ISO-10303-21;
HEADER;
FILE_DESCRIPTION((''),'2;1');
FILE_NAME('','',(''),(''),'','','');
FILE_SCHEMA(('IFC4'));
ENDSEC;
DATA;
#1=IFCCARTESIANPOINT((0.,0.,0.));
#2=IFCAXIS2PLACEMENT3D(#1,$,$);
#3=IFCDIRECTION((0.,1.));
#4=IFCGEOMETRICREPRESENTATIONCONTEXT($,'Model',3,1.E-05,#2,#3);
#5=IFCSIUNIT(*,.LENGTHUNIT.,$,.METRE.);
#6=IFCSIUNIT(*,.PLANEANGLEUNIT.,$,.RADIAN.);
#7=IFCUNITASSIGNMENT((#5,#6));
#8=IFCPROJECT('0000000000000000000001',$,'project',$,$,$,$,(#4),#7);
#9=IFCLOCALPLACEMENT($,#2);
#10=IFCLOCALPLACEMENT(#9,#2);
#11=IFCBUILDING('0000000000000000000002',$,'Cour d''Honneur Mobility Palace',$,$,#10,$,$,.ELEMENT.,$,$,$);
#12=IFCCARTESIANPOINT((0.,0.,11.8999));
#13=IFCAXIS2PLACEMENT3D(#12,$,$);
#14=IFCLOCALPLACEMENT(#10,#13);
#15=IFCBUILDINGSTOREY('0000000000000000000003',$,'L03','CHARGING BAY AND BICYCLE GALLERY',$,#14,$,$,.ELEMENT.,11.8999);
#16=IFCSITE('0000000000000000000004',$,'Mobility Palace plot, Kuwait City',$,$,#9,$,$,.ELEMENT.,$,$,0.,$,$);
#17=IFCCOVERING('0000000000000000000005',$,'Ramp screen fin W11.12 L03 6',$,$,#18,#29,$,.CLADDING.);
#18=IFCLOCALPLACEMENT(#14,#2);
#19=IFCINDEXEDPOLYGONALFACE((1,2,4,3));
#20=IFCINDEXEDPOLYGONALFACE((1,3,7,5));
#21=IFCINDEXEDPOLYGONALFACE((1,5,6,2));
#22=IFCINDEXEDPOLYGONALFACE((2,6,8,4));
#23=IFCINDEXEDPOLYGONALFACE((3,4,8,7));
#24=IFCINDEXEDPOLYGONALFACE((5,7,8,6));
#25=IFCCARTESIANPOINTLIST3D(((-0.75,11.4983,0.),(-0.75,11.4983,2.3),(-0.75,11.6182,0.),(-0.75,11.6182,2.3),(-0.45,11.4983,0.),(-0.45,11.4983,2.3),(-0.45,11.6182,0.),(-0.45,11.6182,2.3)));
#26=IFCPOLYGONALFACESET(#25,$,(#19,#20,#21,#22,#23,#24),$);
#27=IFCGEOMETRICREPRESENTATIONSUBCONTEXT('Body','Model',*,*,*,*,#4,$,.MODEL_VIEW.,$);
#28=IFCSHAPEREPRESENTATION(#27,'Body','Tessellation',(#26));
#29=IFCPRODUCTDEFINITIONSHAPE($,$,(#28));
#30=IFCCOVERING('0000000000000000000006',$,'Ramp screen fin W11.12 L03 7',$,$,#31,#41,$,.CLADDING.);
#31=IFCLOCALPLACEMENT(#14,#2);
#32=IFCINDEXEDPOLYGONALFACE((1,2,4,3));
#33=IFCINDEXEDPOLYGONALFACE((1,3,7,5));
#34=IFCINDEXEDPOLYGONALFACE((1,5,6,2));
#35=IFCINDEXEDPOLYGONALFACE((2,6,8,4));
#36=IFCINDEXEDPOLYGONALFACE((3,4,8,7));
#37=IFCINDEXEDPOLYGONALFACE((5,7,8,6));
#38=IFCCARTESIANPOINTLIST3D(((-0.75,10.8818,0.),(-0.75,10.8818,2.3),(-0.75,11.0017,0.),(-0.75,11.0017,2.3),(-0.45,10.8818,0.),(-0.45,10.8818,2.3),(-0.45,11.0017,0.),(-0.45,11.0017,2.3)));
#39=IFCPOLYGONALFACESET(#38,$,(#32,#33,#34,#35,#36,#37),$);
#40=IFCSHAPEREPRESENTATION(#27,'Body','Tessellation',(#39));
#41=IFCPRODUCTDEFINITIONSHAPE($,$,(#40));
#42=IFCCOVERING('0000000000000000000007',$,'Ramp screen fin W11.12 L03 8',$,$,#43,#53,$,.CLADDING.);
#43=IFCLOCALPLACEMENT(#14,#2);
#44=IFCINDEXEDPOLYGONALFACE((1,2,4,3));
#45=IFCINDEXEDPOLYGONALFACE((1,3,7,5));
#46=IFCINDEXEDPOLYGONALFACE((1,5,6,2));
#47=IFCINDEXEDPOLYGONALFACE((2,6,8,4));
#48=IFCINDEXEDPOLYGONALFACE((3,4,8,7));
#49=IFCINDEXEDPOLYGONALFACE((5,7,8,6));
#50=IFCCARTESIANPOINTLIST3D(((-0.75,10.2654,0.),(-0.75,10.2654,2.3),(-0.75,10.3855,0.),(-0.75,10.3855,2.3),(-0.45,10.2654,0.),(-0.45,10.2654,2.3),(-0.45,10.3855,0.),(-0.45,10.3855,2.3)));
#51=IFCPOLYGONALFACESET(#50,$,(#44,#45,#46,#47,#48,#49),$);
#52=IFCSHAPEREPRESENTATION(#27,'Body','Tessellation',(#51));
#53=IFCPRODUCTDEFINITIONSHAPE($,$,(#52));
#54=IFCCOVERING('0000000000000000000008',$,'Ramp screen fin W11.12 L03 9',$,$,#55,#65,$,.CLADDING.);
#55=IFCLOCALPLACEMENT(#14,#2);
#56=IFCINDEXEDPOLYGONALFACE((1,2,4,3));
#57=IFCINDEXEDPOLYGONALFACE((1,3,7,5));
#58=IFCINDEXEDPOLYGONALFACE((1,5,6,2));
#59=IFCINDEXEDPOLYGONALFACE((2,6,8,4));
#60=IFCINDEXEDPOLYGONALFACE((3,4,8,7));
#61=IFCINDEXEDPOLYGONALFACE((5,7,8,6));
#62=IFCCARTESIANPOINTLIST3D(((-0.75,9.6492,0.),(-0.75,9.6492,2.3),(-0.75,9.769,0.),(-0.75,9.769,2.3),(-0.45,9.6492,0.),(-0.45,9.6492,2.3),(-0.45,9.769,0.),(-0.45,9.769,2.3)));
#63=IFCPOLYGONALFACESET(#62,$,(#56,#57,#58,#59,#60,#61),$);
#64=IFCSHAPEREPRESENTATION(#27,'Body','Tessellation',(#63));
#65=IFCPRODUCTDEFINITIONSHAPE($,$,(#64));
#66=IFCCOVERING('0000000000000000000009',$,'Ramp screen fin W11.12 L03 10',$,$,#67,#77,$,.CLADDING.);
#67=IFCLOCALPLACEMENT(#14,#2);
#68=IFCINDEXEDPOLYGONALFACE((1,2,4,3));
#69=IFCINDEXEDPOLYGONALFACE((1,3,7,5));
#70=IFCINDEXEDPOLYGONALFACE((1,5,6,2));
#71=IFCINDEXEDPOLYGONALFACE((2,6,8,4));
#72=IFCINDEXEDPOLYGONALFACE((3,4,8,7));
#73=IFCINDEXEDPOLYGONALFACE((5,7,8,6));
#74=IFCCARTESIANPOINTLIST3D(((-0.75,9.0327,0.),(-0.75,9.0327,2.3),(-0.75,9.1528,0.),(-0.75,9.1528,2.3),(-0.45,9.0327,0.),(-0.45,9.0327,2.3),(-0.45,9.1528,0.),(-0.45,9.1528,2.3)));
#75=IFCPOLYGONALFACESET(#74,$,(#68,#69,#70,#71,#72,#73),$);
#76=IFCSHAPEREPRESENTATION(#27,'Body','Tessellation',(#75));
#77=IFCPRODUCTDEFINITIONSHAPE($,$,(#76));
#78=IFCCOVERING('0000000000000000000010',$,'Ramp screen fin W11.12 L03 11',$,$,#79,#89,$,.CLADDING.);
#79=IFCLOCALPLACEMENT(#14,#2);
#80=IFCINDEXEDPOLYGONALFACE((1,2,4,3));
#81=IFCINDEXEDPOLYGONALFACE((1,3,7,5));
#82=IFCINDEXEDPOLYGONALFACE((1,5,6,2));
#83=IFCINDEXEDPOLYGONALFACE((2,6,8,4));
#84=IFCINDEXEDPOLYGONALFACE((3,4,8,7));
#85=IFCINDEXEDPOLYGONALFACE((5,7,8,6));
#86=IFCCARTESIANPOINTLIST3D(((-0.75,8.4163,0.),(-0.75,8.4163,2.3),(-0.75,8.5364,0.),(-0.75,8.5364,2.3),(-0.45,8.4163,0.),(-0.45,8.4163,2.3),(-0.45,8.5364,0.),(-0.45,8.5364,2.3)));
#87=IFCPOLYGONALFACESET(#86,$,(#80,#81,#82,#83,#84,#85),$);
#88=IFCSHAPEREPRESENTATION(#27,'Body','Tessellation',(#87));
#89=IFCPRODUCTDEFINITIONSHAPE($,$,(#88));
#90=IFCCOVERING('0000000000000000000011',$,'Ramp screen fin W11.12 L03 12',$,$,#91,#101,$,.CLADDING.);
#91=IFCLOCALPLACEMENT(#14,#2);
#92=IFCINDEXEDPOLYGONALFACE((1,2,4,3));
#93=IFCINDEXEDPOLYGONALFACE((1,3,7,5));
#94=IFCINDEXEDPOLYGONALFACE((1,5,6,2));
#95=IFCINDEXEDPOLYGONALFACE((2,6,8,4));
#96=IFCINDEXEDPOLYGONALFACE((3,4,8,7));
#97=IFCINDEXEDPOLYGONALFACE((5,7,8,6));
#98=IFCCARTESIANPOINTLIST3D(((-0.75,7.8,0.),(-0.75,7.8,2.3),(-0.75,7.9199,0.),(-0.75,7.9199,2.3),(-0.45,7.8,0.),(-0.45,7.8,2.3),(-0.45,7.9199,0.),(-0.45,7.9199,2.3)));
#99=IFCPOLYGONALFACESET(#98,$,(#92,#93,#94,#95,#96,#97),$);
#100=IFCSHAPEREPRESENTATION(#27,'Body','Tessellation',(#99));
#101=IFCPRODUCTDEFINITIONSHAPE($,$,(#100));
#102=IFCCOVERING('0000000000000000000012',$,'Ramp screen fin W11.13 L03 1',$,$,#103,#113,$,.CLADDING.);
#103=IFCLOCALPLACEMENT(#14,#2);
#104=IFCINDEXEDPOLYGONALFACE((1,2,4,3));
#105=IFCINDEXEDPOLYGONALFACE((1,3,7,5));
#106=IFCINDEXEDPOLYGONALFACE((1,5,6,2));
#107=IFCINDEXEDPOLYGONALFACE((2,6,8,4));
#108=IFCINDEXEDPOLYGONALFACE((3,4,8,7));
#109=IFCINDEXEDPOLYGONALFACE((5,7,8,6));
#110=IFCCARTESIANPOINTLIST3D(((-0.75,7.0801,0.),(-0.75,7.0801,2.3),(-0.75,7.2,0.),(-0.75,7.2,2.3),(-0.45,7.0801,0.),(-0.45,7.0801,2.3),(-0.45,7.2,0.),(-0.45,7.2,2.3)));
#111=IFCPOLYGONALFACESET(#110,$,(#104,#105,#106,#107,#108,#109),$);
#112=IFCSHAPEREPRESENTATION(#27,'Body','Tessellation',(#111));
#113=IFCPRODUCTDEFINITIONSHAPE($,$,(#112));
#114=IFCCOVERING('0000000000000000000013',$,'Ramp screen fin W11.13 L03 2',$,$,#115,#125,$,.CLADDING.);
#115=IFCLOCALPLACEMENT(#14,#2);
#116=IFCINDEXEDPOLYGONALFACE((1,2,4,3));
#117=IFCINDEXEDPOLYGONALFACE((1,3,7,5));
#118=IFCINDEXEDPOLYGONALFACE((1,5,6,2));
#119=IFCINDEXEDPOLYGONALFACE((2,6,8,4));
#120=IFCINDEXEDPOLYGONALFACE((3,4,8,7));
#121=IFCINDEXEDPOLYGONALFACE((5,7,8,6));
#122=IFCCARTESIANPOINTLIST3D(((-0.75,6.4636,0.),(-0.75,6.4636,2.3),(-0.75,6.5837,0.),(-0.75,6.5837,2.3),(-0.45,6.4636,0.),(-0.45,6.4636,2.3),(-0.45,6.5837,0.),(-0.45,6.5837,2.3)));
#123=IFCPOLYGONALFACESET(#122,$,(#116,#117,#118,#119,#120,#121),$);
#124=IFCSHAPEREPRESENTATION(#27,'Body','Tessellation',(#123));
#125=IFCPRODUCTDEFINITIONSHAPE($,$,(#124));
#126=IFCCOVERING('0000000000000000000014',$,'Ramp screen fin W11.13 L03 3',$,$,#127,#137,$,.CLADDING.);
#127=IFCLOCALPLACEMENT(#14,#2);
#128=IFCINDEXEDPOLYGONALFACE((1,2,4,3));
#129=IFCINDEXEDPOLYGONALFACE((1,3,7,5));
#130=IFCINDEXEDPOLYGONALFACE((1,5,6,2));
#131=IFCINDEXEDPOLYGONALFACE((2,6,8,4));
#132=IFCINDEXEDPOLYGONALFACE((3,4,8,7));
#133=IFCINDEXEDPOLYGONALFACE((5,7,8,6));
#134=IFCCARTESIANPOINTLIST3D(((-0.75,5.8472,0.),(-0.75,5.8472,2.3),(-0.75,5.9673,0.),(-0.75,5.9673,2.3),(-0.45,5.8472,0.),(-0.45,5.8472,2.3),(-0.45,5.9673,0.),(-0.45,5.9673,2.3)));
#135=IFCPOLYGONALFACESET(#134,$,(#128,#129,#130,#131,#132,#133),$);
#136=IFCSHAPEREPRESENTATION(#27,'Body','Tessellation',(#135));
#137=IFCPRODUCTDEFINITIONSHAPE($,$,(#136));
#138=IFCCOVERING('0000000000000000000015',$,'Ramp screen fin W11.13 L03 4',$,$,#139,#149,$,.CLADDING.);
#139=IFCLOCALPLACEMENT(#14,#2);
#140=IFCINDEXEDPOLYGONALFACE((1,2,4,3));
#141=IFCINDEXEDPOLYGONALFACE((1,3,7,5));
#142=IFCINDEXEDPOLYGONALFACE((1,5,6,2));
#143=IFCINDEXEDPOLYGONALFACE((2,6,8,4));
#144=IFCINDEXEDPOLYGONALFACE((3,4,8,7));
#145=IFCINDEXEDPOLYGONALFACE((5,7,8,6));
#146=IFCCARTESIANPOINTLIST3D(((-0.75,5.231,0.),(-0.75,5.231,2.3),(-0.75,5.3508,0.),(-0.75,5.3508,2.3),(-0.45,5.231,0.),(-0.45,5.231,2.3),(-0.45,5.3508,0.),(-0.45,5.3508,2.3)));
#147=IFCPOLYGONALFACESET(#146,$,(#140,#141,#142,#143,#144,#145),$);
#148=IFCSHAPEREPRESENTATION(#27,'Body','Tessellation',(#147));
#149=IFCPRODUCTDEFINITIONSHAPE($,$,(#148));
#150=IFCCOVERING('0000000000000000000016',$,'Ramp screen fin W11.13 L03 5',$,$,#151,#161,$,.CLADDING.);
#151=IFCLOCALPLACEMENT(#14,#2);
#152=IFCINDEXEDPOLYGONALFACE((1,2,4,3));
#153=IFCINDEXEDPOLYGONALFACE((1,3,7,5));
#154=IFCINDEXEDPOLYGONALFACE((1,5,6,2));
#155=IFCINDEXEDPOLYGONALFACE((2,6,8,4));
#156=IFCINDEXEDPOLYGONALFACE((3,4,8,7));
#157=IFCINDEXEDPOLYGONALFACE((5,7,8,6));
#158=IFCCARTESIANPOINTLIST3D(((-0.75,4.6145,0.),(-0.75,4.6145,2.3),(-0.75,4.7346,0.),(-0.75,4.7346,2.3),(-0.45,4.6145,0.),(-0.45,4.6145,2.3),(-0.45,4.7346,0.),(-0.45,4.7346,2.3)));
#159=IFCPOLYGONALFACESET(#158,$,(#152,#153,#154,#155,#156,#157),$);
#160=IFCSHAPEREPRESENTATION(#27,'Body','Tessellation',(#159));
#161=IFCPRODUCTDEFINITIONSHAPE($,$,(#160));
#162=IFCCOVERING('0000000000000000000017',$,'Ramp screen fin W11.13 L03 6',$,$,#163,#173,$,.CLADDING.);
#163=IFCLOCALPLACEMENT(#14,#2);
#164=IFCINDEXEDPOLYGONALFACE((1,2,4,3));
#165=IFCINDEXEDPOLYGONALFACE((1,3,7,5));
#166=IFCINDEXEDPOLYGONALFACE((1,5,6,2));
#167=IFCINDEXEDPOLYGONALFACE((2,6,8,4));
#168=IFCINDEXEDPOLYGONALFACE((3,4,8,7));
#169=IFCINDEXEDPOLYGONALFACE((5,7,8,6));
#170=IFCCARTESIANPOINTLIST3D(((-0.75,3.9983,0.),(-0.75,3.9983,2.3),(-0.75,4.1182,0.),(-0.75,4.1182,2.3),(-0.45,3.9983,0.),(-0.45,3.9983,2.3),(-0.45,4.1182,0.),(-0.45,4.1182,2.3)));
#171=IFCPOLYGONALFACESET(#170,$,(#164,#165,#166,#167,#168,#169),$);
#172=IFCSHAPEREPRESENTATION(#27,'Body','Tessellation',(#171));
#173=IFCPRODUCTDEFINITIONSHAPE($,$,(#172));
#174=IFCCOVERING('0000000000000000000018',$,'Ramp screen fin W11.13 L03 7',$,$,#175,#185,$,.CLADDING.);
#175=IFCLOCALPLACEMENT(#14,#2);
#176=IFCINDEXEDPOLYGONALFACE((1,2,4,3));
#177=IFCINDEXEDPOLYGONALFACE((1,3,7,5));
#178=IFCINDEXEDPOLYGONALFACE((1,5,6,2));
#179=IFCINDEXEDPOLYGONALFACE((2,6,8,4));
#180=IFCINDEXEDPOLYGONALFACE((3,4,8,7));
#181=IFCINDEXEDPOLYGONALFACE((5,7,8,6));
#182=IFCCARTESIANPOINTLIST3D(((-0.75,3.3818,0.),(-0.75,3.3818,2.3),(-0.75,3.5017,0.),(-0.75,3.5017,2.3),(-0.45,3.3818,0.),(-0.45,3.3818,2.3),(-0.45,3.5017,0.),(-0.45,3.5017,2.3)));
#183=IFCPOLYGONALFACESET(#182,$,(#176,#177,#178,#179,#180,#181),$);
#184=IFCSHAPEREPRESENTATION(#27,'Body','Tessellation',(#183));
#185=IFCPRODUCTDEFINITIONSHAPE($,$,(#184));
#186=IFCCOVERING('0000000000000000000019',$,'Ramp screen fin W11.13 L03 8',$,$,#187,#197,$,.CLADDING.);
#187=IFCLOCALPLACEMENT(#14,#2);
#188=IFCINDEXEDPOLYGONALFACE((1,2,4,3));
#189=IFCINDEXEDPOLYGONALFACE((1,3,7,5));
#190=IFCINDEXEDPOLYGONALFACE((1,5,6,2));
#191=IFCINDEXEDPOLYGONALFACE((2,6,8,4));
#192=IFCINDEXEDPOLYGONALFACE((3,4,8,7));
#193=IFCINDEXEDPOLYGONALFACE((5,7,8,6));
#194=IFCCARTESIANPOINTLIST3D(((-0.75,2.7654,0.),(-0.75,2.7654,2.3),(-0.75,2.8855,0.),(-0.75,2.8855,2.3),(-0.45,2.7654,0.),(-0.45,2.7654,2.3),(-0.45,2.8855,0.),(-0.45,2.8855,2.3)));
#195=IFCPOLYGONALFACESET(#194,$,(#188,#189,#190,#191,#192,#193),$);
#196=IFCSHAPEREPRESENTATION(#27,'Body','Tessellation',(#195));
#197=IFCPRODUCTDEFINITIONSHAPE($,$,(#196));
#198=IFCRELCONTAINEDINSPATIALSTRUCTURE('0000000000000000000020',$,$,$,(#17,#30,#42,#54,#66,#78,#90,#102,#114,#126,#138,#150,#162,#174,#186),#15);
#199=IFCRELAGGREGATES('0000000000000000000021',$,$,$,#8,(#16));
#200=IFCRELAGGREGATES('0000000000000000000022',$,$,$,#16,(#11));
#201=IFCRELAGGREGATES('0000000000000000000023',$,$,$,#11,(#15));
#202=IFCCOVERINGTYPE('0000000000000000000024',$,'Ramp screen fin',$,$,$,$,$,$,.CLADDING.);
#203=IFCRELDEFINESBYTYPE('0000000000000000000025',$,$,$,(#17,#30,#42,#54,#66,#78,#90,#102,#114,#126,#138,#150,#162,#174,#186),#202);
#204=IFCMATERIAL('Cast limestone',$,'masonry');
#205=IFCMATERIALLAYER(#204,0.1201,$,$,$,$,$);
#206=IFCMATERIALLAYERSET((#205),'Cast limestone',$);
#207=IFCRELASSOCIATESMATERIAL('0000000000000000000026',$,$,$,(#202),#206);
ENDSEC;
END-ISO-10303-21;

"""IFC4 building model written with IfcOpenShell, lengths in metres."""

from ifc_helpers import new_model, si_unit, direction, frame, origin, place, context, subcontext, project, spatial, polyline, outline, extrude, material, layer, layer_set, type_object, element, save


model = new_model("IFC4")

# Units and contexts
model_context = context("Model", 3, precision=1e-05, world=origin(), true_north=direction((0.0, 1.0)))
body_context = subcontext(model_context, "Body", "Model", "MODEL_VIEW")
ifc_project = project(units=[si_unit("LENGTHUNIT", "METRE"), si_unit("PLANEANGLEUNIT", "RADIAN")], contexts=[model_context])

# Site, building, storey
site_placement = place(None, origin())
site = spatial("IfcSite", under=ifc_project, at=site_placement, Name="Mobility Palace plot, Kuwait City", CompositionType="ELEMENT", RefElevation=0.0)
building_placement = place(site_placement, origin())
building = spatial("IfcBuilding", under=site, at=building_placement, Name="Cour d'Honneur Mobility Palace", CompositionType="ELEMENT")
storey_placement = place(building_placement, frame((0.0, 0.0, 11.8999)))
storey = spatial("IfcBuildingStorey", under=building, at=storey_placement, Name="L03", Description="CHARGING BAY AND BICYCLE GALLERY", CompositionType="ELEMENT", Elevation=11.8999)

# Coverings
ifc_material_1 = material(Name="Cast limestone", Category="masonry")
ifc_layer_1 = layer(ifc_material_1, 0.1201)
ifc_layer_set_1 = layer_set([ifc_layer_1], Name="Cast limestone")
covering_type_1 = type_object("IfcCoveringType", Name="Ramp screen fin", PredefinedType="CLADDING", material=ifc_layer_set_1)
covering_1_placement = place(storey_placement, origin())
element("IfcCovering", 1, at=covering_1_placement, inside=storey, type_object=covering_type_1, Name="Ramp screen fin W11.12 L03 6", PredefinedType="CLADDING", context=body_context, shape_type="SweptSolid", body=[
    extrude(outline(polyline([(-0.45, 11.6182), (-0.45, 11.4983), (-0.75, 11.4983), (-0.75, 11.6182), (-0.45, 11.6182)])), origin(), (0.0, 0.0, 1.0), 2.3),
])
covering_2_placement = place(storey_placement, origin())
element("IfcCovering", 2, at=covering_2_placement, inside=storey, type_object=covering_type_1, Name="Ramp screen fin W11.12 L03 7", PredefinedType="CLADDING", context=body_context, shape_type="SweptSolid", body=[
    extrude(outline(polyline([(-0.45, 11.0017), (-0.45, 10.8818), (-0.75, 10.8818), (-0.75, 11.0017), (-0.45, 11.0017)])), origin(), (0.0, 0.0, 1.0), 2.3),
])
covering_3_placement = place(storey_placement, origin())
element("IfcCovering", 3, at=covering_3_placement, inside=storey, type_object=covering_type_1, Name="Ramp screen fin W11.12 L03 8", PredefinedType="CLADDING", context=body_context, shape_type="SweptSolid", body=[
    extrude(outline(polyline([(-0.45, 10.3855), (-0.45, 10.2654), (-0.75, 10.2654), (-0.75, 10.3855), (-0.45, 10.3855)])), origin(), (0.0, 0.0, 1.0), 2.3),
])
covering_4_placement = place(storey_placement, origin())
element("IfcCovering", 4, at=covering_4_placement, inside=storey, type_object=covering_type_1, Name="Ramp screen fin W11.12 L03 9", PredefinedType="CLADDING", context=body_context, shape_type="SweptSolid", body=[
    extrude(outline(polyline([(-0.45, 9.769), (-0.45, 9.6492), (-0.75, 9.6492), (-0.75, 9.769), (-0.45, 9.769)])), origin(), (0.0, 0.0, 1.0), 2.3),
])
covering_5_placement = place(storey_placement, origin())
element("IfcCovering", 5, at=covering_5_placement, inside=storey, type_object=covering_type_1, Name="Ramp screen fin W11.12 L03 10", PredefinedType="CLADDING", context=body_context, shape_type="SweptSolid", body=[
    extrude(outline(polyline([(-0.45, 9.1528), (-0.45, 9.0327), (-0.75, 9.0327), (-0.75, 9.1528), (-0.45, 9.1528)])), origin(), (0.0, 0.0, 1.0), 2.3),
])
covering_6_placement = place(storey_placement, origin())
element("IfcCovering", 6, at=covering_6_placement, inside=storey, type_object=covering_type_1, Name="Ramp screen fin W11.12 L03 11", PredefinedType="CLADDING", context=body_context, shape_type="SweptSolid", body=[
    extrude(outline(polyline([(-0.45, 8.5364), (-0.45, 8.4163), (-0.75, 8.4163), (-0.75, 8.5364), (-0.45, 8.5364)])), origin(), (0.0, 0.0, 1.0), 2.3),
])
covering_7_placement = place(storey_placement, origin())
element("IfcCovering", 7, at=covering_7_placement, inside=storey, type_object=covering_type_1, Name="Ramp screen fin W11.12 L03 12", PredefinedType="CLADDING", context=body_context, shape_type="SweptSolid", body=[
    extrude(outline(polyline([(-0.45, 7.9199), (-0.45, 7.8), (-0.75, 7.8), (-0.75, 7.9199), (-0.45, 7.9199)])), origin(), (0.0, 0.0, 1.0), 2.3),
])
covering_8_placement = place(storey_placement, origin())
element("IfcCovering", 8, at=covering_8_placement, inside=storey, type_object=covering_type_1, Name="Ramp screen fin W11.13 L03 1", PredefinedType="CLADDING", context=body_context, shape_type="SweptSolid", body=[
    extrude(outline(polyline([(-0.45, 7.2), (-0.45, 7.0801), (-0.75, 7.0801), (-0.75, 7.2), (-0.45, 7.2)])), origin(), (0.0, 0.0, 1.0), 2.3),
])
covering_9_placement = place(storey_placement, origin())
element("IfcCovering", 9, at=covering_9_placement, inside=storey, type_object=covering_type_1, Name="Ramp screen fin W11.13 L03 2", PredefinedType="CLADDING", context=body_context, shape_type="SweptSolid", body=[
    extrude(outline(polyline([(-0.45, 6.5837), (-0.45, 6.4636), (-0.75, 6.4636), (-0.75, 6.5837), (-0.45, 6.5837)])), origin(), (0.0, 0.0, 1.0), 2.3),
])
covering_10_placement = place(storey_placement, origin())
element("IfcCovering", 10, at=covering_10_placement, inside=storey, type_object=covering_type_1, Name="Ramp screen fin W11.13 L03 3", PredefinedType="CLADDING", context=body_context, shape_type="SweptSolid", body=[
    extrude(outline(polyline([(-0.45, 5.9673), (-0.45, 5.8472), (-0.75, 5.8472), (-0.75, 5.9673), (-0.45, 5.9673)])), origin(), (0.0, 0.0, 1.0), 2.3),
])
covering_11_placement = place(storey_placement, origin())
element("IfcCovering", 11, at=covering_11_placement, inside=storey, type_object=covering_type_1, Name="Ramp screen fin W11.13 L03 4", PredefinedType="CLADDING", context=body_context, shape_type="SweptSolid", body=[
    extrude(outline(polyline([(-0.45, 5.3508), (-0.45, 5.231), (-0.75, 5.231), (-0.75, 5.3508), (-0.45, 5.3508)])), origin(), (0.0, 0.0, 1.0), 2.3),
])
covering_12_placement = place(storey_placement, origin())
element("IfcCovering", 12, at=covering_12_placement, inside=storey, type_object=covering_type_1, Name="Ramp screen fin W11.13 L03 5", PredefinedType="CLADDING", context=body_context, shape_type="SweptSolid", body=[
    extrude(outline(polyline([(-0.45, 4.7346), (-0.45, 4.6145), (-0.75, 4.6145), (-0.75, 4.7346), (-0.45, 4.7346)])), origin(), (0.0, 0.0, 1.0), 2.3),
])
covering_13_placement = place(storey_placement, origin())
element("IfcCovering", 13, at=covering_13_placement, inside=storey, type_object=covering_type_1, Name="Ramp screen fin W11.13 L03 6", PredefinedType="CLADDING", context=body_context, shape_type="SweptSolid", body=[
    extrude(outline(polyline([(-0.45, 4.1182), (-0.45, 3.9983), (-0.75, 3.9983), (-0.75, 4.1182), (-0.45, 4.1182)])), origin(), (0.0, 0.0, 1.0), 2.3),
])
covering_14_placement = place(storey_placement, origin())
element("IfcCovering", 14, at=covering_14_placement, inside=storey, type_object=covering_type_1, Name="Ramp screen fin W11.13 L03 7", PredefinedType="CLADDING", context=body_context, shape_type="SweptSolid", body=[
    extrude(outline(polyline([(-0.45, 3.5017), (-0.45, 3.3818), (-0.75, 3.3818), (-0.75, 3.5017), (-0.45, 3.5017)])), origin(), (0.0, 0.0, 1.0), 2.3),
])
covering_15_placement = place(storey_placement, origin())
element("IfcCovering", 15, at=covering_15_placement, inside=storey, type_object=covering_type_1, Name="Ramp screen fin W11.13 L03 8", PredefinedType="CLADDING", context=body_context, shape_type="SweptSolid", body=[
    extrude(outline(polyline([(-0.45, 2.8855), (-0.45, 2.7654), (-0.75, 2.7654), (-0.75, 2.8855), (-0.45, 2.8855)])), origin(), (0.0, 0.0, 1.0), 2.3),
])

save(model, "model.ifc")
